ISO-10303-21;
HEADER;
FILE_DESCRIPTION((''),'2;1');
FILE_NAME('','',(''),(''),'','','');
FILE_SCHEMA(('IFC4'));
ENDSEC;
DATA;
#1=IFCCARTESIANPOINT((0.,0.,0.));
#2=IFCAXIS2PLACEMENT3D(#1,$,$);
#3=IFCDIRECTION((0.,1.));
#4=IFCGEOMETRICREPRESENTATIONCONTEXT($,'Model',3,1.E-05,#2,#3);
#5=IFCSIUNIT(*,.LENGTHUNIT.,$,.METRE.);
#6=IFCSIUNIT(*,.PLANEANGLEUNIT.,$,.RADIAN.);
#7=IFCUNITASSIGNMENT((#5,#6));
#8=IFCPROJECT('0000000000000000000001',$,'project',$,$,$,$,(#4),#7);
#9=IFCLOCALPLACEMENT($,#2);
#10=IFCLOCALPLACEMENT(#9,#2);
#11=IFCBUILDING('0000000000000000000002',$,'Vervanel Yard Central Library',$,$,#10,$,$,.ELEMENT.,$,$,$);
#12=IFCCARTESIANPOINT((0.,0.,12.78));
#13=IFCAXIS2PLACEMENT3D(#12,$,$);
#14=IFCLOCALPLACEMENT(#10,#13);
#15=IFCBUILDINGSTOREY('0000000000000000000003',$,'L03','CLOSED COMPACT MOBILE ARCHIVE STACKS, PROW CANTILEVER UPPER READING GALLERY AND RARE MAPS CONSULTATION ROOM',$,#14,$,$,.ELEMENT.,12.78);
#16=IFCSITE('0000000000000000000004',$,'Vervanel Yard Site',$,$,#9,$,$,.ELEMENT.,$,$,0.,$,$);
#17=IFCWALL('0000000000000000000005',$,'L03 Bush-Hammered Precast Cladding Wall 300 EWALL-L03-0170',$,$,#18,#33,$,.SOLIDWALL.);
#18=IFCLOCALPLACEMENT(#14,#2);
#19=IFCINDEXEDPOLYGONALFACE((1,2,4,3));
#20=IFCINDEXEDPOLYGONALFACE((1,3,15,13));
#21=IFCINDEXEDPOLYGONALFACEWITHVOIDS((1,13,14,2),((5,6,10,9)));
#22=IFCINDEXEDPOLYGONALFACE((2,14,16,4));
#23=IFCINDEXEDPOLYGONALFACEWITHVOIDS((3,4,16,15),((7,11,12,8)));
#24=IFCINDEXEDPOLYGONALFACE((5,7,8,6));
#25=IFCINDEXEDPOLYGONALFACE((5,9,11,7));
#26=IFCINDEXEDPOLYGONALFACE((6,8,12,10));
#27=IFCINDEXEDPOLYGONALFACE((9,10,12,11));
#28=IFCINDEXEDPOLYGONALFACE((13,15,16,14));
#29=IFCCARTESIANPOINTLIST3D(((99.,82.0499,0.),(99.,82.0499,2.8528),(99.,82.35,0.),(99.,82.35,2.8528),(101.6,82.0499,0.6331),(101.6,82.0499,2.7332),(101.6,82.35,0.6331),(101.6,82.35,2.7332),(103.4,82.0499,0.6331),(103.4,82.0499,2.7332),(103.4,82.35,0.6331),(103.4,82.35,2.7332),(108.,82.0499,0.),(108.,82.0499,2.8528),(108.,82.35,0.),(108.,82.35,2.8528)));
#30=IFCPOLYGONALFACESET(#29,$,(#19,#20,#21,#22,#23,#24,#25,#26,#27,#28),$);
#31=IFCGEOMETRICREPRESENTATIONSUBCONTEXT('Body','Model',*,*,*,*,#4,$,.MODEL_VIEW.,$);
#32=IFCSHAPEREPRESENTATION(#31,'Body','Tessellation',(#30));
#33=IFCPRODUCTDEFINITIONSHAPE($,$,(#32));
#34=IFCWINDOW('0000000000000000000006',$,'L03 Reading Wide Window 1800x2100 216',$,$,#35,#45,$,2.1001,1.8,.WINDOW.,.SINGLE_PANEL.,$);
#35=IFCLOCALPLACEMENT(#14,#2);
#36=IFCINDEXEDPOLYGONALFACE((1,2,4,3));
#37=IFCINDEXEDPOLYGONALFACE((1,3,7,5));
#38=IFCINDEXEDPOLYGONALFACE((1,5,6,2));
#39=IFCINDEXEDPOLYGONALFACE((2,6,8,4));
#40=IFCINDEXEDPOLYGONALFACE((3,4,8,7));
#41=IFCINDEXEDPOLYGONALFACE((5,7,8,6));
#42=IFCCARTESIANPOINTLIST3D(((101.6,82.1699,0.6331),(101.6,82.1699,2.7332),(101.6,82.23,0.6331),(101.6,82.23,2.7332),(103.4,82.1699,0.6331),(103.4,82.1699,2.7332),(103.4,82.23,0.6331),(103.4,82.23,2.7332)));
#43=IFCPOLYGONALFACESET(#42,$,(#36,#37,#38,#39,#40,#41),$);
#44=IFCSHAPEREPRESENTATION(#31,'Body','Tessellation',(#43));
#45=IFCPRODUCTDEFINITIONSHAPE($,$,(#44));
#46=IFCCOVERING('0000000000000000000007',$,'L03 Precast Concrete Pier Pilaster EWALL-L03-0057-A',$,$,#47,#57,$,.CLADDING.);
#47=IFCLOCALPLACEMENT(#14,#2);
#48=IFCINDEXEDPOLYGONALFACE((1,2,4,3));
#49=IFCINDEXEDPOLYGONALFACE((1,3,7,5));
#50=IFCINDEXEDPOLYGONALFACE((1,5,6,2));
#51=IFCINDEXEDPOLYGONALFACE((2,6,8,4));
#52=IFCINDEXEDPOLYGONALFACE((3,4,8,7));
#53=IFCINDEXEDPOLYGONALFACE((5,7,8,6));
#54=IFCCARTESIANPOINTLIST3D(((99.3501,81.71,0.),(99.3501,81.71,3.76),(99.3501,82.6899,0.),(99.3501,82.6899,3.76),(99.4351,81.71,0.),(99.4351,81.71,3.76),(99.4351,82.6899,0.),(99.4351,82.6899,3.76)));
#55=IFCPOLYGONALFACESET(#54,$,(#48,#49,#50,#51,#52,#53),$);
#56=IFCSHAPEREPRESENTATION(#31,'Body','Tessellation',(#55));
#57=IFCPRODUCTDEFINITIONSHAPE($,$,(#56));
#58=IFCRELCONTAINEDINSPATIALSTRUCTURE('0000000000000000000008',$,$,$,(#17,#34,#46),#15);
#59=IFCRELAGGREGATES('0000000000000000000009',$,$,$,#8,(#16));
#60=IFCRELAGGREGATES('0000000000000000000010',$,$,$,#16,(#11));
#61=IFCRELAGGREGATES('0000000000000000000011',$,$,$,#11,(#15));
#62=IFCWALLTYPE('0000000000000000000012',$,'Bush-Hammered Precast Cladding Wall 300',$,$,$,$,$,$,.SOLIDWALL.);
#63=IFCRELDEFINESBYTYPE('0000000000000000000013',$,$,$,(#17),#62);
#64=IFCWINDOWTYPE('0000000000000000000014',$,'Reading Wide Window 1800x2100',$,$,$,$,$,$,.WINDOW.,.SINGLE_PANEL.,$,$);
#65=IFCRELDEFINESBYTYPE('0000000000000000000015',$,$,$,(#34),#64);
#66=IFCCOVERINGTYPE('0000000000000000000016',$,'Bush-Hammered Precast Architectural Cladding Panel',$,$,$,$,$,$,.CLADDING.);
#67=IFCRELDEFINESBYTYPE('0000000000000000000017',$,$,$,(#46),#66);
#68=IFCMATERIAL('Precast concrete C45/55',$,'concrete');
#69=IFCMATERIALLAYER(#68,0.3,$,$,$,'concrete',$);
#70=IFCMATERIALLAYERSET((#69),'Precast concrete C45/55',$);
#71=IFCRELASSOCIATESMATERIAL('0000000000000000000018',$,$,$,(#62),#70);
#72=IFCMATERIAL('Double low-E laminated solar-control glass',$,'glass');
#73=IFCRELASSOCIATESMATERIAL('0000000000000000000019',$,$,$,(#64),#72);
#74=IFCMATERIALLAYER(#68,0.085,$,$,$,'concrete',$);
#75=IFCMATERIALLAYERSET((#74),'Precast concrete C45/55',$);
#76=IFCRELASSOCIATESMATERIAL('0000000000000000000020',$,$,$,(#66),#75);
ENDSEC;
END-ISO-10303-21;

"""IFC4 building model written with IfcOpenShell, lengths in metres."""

from ifc_helpers import new_model, si_unit, direction, frame, frame_2d, origin, origin_2d, place, context, subcontext, project, spatial, rectangle, extrude, material, layer, layer_set, type_object, element, fill, save


model = new_model("IFC4")

# Units and contexts
model_context = context("Model", 3, precision=1e-05, world=origin(), true_north=direction((0.0, 1.0)))
body_context = subcontext(model_context, "Body", "Model", "MODEL_VIEW")
ifc_project = project(units=[si_unit("LENGTHUNIT", "METRE"), si_unit("PLANEANGLEUNIT", "RADIAN")], contexts=[model_context])

# Site, building, storey
site_placement = place(None, origin())
site = spatial("IfcSite", under=ifc_project, at=site_placement, Name="Vervanel Yard Site", CompositionType="ELEMENT", RefElevation=0.0)
building_placement = place(site_placement, origin())
building = spatial("IfcBuilding", under=site, at=building_placement, Name="Vervanel Yard Central Library", CompositionType="ELEMENT")
storey_placement = place(building_placement, frame((0.0, 0.0, 12.78)))
storey = spatial("IfcBuildingStorey", under=building, at=storey_placement, Name="L03", Description="CLOSED COMPACT MOBILE ARCHIVE STACKS, PROW CANTILEVER UPPER READING GALLERY AND RARE MAPS CONSULTATION ROOM", CompositionType="ELEMENT", Elevation=12.78)

# Shared definitions
ifc_material_1 = material(Name="Double low-E laminated solar-control glass", Category="glass")

# Shared definitions
ifc_material_2 = material(Name="Precast concrete C45/55", Category="concrete")
ifc_layer_1 = layer(ifc_material_2, 0.3, Category="concrete")
ifc_layer_set_1 = layer_set([ifc_layer_1], Name="Precast concrete C45/55")
wall_type_1 = type_object("IfcWallType", Name="Bush-Hammered Precast Cladding Wall 300", PredefinedType="SOLIDWALL", material=ifc_layer_set_1)

# Wall, opening, window
wall_1_placement = place(storey_placement, frame((99.0, 82.2, 0.0), z_axis=(0.0, 0.0, 1.0), x_axis=(1.0, 0.0, 0.0)))
wall_1 = element("IfcWall", 1, at=wall_1_placement, inside=storey, type_object=wall_type_1, Name="L03 Bush-Hammered Precast Cladding Wall 300 EWALL-L03-0170", PredefinedType="SOLIDWALL", context=body_context, shape_type="SweptSolid", body=[
    extrude(rectangle(XDim=9.0, YDim=0.3, at=frame_2d((4.5, 0.0))), origin(), (0.0, 0.0, 1.0), 2.8528),
])
opening_1_placement = place(wall_1_placement, frame((2.6001, 0.0, 0.6331)))
opening_1 = element("IfcOpeningElement", 2, at=opening_1_placement, cuts=wall_1, PredefinedType="OPENING", context=body_context, shape_type="SweptSolid", body=[
    extrude(rectangle(XDim=1.8, YDim=2.1001, at=frame_2d((0.8999, 1.05))), frame((0.0, 0.1599, 0.0), z_axis=(0.0, -1.0, 0.0), x_axis=(1.0, 0.0, 0.0)), (0.0, 0.0, 1.0), 0.3201),
])
window_type_1 = type_object("IfcWindowType", Name="Reading Wide Window 1800x2100", PartitioningType="SINGLE_PANEL", PredefinedType="WINDOW", material=ifc_material_1)
window_1_placement = place(opening_1_placement, origin())
window_1 = element("IfcWindow", 3, at=window_1_placement, inside=storey, type_object=window_type_1, Name="L03 Reading Wide Window 1800x2100 216", OverallHeight=2.1001, OverallWidth=1.8, PartitioningType="SINGLE_PANEL", PredefinedType="WINDOW", context=body_context, shape_type="SweptSolid", body=[
    extrude(rectangle(XDim=1.8, YDim=2.1001, at=frame_2d((0.8999, 1.05))), frame((0.0, 0.03, 0.0), z_axis=(0.0, -1.0, 0.0), x_axis=(1.0, 0.0, 0.0)), (0.0, 0.0, 1.0), 0.0601),
])
fill(opening_1, window_1)

# Covering
ifc_layer_2 = layer(ifc_material_2, 0.085, Category="concrete")
ifc_layer_set_2 = layer_set([ifc_layer_2], Name="Precast concrete C45/55")
covering_type_1 = type_object("IfcCoveringType", Name="Bush-Hammered Precast Architectural Cladding Panel", PredefinedType="CLADDING", material=ifc_layer_set_2)
covering_1_placement = place(storey_placement, frame((99.3926, 82.2, 0.0), z_axis=(0.0, 0.0, 1.0), x_axis=(0.0, 1.0, 0.0)))
element("IfcCovering", 4, at=covering_1_placement, inside=storey, type_object=covering_type_1, Name="L03 Precast Concrete Pier Pilaster EWALL-L03-0057-A", PredefinedType="CLADDING", context=body_context, shape_type="SweptSolid", body=[
    extrude(rectangle(XDim=0.98, YDim=0.085, at=origin_2d()), origin(), (0.0, 0.0, 1.0), 3.76),
])

save(model, "model.ifc")
